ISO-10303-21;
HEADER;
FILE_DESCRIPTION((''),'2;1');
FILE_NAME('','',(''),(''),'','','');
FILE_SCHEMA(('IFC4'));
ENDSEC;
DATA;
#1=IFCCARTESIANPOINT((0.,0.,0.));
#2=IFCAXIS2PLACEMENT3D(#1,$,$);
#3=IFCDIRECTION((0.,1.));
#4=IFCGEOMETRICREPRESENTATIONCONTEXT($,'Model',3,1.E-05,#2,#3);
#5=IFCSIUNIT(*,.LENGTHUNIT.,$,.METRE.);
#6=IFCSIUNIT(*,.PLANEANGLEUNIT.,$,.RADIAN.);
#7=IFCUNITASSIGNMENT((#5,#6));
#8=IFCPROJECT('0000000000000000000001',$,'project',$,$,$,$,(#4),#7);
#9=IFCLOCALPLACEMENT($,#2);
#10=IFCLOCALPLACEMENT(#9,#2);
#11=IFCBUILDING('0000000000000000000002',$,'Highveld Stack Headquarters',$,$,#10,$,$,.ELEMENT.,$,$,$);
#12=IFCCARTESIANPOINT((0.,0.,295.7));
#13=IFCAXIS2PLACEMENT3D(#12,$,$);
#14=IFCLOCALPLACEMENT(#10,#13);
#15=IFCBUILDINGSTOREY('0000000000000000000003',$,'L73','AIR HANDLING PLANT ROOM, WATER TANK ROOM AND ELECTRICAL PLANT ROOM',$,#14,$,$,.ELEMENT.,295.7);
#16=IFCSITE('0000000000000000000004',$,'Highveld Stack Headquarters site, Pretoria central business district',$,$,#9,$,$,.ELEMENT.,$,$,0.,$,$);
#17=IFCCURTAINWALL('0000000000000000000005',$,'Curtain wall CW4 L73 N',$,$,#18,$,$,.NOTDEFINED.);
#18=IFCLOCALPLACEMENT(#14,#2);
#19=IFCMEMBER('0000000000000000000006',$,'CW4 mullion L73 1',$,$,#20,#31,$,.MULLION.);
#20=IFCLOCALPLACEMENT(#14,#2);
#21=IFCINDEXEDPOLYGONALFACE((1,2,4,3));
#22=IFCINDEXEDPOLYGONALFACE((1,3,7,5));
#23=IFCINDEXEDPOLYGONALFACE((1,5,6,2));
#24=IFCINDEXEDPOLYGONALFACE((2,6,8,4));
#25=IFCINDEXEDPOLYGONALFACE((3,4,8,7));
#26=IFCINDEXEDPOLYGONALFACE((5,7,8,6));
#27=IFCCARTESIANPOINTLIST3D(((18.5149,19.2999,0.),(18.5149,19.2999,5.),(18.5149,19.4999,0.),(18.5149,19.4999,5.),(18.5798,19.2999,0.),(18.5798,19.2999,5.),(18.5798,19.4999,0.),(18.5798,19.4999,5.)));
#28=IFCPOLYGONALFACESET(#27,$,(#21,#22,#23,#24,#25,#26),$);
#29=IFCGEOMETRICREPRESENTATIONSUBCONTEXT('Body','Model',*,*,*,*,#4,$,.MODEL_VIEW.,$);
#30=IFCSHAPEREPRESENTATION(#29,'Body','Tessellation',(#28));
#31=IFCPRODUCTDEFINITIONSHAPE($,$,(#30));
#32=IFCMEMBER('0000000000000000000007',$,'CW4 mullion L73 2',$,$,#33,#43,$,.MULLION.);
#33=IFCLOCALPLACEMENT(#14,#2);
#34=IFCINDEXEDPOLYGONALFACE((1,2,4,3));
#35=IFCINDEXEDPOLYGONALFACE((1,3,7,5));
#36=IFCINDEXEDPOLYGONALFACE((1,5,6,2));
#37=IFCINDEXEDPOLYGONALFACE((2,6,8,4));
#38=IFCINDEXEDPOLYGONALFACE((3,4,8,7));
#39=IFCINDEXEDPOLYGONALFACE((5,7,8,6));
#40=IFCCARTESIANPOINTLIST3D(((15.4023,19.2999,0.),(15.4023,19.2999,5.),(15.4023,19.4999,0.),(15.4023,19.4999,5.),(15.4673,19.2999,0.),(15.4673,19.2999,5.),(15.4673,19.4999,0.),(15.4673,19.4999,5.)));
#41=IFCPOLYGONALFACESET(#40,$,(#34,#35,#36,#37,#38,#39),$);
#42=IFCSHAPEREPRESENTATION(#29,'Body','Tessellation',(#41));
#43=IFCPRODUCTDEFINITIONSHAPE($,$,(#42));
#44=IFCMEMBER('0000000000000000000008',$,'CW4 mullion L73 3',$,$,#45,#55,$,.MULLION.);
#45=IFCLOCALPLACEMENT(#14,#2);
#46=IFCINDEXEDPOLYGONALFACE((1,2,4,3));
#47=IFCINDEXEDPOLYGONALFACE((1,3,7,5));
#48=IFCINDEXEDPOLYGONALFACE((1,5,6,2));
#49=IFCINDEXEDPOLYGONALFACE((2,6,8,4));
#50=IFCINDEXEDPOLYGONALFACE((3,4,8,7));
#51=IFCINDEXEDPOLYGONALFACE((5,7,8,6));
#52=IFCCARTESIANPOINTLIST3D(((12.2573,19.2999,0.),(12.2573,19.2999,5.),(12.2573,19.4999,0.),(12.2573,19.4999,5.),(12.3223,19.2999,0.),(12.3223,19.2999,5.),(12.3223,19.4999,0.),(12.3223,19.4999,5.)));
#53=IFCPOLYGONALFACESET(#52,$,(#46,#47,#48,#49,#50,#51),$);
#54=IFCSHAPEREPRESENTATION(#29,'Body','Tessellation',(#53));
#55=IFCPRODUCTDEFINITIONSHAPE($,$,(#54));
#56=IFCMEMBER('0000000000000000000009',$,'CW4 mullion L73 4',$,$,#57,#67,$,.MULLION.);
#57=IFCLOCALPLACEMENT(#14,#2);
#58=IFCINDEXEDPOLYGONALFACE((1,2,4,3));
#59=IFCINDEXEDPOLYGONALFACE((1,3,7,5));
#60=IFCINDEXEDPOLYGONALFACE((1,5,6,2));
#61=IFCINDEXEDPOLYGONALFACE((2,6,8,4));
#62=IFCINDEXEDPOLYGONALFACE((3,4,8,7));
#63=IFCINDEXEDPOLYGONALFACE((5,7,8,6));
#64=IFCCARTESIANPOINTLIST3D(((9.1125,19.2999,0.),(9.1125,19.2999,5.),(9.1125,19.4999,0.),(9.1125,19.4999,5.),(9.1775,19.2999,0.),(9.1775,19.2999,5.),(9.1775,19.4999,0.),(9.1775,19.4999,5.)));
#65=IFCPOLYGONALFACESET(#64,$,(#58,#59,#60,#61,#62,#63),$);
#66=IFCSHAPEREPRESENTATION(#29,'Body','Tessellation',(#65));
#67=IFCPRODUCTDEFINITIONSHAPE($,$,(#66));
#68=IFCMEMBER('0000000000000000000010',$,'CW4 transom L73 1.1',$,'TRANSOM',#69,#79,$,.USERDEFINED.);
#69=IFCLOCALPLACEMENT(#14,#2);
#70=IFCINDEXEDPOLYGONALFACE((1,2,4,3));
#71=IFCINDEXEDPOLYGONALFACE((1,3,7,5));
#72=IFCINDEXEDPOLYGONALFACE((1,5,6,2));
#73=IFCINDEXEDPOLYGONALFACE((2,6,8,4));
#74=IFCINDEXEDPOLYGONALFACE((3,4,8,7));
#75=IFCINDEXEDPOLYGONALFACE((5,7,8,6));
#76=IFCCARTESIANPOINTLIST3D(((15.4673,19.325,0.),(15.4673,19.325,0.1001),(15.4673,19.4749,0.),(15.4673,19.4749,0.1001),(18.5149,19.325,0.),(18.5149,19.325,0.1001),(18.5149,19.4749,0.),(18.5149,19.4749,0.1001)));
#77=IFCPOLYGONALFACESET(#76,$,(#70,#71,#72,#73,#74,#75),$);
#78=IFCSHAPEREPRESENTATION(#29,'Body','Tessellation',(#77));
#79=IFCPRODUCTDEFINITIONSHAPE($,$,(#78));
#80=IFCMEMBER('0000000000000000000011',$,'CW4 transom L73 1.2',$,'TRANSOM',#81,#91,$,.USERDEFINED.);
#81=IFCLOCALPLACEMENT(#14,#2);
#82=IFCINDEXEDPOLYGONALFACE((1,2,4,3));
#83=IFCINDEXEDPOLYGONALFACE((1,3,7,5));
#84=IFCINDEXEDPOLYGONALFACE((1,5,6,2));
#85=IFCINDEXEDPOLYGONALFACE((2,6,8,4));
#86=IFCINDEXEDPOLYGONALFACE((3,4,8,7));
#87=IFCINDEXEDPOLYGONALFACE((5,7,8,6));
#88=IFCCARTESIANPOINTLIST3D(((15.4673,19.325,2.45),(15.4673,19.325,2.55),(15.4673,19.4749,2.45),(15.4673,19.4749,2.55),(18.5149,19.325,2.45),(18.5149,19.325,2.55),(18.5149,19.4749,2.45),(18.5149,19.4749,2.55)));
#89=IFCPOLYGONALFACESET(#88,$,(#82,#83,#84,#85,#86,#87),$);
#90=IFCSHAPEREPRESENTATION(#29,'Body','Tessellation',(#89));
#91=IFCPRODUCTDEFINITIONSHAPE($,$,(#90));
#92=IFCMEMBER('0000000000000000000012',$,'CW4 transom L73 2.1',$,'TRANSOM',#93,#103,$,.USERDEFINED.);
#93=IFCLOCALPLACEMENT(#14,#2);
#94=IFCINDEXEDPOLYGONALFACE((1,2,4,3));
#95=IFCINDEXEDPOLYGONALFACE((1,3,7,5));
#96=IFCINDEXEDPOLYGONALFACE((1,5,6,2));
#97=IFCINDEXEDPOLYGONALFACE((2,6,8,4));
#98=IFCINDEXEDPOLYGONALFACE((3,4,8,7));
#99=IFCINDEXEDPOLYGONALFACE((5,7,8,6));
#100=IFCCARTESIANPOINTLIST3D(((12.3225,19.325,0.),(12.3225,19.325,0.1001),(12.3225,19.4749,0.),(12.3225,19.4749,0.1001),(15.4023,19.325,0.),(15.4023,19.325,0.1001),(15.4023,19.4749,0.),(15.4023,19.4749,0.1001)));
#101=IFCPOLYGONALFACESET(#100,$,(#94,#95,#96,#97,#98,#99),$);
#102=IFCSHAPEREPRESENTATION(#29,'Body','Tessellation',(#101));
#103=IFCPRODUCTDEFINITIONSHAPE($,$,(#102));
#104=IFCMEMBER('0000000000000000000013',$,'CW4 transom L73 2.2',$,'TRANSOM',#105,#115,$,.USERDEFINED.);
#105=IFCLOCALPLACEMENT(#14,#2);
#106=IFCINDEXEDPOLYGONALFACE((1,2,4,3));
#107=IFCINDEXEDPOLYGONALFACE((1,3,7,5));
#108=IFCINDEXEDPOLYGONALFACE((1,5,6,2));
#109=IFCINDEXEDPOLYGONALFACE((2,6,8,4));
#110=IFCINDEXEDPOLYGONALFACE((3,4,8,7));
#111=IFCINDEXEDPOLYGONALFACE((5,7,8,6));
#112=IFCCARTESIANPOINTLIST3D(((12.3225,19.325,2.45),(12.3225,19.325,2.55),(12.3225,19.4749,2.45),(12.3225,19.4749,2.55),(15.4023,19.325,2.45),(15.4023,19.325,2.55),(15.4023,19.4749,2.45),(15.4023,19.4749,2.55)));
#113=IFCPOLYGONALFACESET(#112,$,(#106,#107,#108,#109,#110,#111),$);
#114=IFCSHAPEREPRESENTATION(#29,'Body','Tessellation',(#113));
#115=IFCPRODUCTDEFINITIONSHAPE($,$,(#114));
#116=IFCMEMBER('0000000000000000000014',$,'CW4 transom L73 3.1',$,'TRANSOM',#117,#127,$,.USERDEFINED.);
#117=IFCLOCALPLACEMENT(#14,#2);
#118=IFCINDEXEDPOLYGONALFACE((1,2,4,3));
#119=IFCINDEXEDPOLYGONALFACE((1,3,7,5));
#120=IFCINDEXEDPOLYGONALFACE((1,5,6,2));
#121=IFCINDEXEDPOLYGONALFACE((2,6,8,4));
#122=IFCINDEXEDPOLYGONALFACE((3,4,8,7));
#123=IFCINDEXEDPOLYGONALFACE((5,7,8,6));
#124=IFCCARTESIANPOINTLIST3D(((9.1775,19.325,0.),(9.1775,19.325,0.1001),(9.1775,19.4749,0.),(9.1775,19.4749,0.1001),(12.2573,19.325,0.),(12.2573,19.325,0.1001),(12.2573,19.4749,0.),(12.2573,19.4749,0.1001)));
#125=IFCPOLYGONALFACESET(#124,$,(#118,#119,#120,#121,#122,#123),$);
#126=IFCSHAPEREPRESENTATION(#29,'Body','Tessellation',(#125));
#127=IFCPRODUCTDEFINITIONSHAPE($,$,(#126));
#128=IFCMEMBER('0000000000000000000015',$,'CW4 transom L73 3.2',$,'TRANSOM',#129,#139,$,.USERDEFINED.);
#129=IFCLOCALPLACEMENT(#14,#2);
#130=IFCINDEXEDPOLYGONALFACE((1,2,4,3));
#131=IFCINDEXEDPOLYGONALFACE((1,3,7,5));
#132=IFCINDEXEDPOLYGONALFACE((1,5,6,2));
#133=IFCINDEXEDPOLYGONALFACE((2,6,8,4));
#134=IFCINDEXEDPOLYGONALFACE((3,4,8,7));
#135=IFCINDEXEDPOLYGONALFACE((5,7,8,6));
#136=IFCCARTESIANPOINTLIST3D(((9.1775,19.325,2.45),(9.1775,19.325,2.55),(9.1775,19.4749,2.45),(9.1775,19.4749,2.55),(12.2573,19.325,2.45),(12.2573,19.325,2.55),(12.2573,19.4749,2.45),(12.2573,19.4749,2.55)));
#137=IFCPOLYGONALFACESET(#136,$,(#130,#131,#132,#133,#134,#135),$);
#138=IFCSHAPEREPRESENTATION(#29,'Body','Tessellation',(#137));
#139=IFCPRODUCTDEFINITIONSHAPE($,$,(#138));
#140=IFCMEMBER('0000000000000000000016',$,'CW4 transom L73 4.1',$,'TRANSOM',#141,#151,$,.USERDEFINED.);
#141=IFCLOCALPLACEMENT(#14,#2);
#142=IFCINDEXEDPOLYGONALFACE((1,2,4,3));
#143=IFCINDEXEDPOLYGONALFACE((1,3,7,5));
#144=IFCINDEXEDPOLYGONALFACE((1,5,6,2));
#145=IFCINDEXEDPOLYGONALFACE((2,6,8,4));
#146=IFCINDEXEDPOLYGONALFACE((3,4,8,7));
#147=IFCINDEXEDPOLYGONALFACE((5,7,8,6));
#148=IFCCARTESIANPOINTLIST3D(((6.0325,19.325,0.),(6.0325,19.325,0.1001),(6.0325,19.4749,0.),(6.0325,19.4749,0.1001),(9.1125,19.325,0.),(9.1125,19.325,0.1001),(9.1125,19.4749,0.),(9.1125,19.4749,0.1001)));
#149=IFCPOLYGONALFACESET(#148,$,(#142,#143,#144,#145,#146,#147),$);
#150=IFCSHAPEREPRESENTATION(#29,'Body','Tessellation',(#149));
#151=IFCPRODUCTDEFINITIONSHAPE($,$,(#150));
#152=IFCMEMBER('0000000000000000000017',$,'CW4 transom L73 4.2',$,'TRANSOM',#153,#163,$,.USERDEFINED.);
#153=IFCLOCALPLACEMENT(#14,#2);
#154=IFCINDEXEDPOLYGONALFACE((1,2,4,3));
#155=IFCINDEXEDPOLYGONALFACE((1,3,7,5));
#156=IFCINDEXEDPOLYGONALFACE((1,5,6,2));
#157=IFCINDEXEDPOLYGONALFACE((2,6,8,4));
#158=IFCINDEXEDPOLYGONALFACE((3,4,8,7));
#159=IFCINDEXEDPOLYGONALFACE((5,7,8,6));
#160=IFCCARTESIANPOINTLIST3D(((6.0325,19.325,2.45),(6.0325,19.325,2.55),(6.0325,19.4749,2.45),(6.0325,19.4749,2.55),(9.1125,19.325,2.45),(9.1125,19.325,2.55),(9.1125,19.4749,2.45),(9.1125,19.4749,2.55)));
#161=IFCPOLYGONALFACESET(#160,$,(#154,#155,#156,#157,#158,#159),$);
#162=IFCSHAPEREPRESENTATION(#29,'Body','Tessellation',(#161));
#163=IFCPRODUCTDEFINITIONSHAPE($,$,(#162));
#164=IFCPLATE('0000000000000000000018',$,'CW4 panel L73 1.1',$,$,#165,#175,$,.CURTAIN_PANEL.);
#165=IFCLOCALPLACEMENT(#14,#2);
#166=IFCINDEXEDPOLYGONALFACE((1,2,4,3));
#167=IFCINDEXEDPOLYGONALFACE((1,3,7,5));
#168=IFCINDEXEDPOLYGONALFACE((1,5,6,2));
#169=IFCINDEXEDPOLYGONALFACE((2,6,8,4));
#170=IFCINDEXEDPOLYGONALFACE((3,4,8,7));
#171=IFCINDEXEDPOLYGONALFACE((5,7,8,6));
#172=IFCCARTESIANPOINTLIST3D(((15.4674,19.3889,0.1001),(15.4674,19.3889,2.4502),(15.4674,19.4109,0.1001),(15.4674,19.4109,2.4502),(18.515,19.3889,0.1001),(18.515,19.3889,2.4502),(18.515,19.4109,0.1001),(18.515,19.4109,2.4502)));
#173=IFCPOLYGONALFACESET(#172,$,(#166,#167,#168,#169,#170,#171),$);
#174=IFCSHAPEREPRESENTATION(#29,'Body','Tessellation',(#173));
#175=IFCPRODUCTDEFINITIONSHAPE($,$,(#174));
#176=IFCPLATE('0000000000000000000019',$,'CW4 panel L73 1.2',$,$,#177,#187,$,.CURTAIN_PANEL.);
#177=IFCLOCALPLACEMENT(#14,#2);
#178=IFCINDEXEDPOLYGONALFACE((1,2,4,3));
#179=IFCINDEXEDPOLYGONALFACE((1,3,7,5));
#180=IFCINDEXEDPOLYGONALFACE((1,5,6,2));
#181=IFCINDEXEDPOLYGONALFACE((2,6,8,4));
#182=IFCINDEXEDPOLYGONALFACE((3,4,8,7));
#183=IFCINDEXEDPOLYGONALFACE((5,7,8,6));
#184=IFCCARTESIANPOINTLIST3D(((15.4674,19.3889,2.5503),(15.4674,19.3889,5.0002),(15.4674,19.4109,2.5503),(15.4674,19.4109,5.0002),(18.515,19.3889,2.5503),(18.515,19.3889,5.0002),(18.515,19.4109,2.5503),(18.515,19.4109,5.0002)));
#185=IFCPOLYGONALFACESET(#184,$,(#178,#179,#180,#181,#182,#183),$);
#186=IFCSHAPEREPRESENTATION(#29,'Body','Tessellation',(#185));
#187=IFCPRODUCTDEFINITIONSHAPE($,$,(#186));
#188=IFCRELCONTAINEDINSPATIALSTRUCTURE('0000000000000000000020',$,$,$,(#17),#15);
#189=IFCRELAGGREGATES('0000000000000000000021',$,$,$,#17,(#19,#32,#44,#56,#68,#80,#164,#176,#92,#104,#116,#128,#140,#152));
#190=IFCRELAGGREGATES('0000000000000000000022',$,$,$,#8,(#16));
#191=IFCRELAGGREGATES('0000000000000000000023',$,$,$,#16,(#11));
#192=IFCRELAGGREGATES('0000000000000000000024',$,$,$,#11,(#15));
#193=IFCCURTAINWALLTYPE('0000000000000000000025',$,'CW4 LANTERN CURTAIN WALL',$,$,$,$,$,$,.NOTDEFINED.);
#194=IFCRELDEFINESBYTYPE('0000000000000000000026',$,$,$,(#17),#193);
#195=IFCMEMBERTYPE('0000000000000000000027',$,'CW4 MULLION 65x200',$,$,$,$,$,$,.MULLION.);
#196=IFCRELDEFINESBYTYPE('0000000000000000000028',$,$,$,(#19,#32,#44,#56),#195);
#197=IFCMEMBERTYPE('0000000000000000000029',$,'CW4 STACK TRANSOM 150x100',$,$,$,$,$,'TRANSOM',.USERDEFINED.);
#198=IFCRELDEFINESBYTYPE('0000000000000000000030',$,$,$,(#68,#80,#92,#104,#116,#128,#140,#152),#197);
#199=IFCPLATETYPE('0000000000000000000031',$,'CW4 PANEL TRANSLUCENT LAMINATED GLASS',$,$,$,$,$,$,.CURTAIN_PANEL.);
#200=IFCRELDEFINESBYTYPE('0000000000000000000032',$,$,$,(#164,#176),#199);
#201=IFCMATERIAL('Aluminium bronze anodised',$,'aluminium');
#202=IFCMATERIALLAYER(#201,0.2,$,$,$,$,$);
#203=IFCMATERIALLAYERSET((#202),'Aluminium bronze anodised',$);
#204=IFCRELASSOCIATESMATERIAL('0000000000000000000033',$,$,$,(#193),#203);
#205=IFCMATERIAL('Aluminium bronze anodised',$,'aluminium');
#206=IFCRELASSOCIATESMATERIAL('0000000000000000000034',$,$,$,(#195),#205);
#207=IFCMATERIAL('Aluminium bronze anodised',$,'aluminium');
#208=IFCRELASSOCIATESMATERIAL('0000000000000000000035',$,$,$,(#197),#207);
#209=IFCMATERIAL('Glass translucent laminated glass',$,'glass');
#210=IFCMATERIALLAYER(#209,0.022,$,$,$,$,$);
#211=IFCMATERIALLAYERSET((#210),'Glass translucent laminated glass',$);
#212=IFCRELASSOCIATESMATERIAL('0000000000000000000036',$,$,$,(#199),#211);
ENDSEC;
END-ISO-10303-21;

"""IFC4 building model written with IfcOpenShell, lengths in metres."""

from ifc_helpers import new_model, si_unit, direction, frame, origin, origin_2d, place, context, subcontext, project, spatial, rectangle, extrude, material, layer, layer_set, material_profile, profile_set, type_object, element, aggregate, save


model = new_model("IFC4")

# Units and contexts
model_context = context("Model", 3, precision=1e-05, world=origin(), true_north=direction((0.0, 1.0)))
body_context = subcontext(model_context, "Body", "Model", "MODEL_VIEW")
ifc_project = project(units=[si_unit("LENGTHUNIT", "METRE"), si_unit("PLANEANGLEUNIT", "RADIAN")], contexts=[model_context])

# Site, building, storey
site_placement = place(None, origin())
site = spatial("IfcSite", under=ifc_project, at=site_placement, Name="Highveld Stack Headquarters site, Pretoria central business district", CompositionType="ELEMENT", RefElevation=0.0)
building_placement = place(site_placement, origin())
building = spatial("IfcBuilding", under=site, at=building_placement, Name="Highveld Stack Headquarters", CompositionType="ELEMENT")
storey_placement = place(building_placement, frame((0.0, 0.0, 295.7)))
storey = spatial("IfcBuildingStorey", under=building, at=storey_placement, Name="L73", Description="AIR HANDLING PLANT ROOM, WATER TANK ROOM AND ELECTRICAL PLANT ROOM", CompositionType="ELEMENT", Elevation=295.7)

# Curtain wall, members, plates
ifc_material_1 = material(Name="Aluminium bronze anodised", Category="aluminium")
ifc_layer_1 = layer(ifc_material_1, 0.2)
ifc_layer_set_1 = layer_set([ifc_layer_1], Name="Aluminium bronze anodised")
curtain_wall_type = type_object("IfcCurtainWallType", Name="CW4 LANTERN CURTAIN WALL", PredefinedType="NOTDEFINED", material=ifc_layer_set_1)
curtain_wall_placement = place(storey_placement, origin())
curtain_wall = element("IfcCurtainWall", 1, at=curtain_wall_placement, inside=storey, type_object=curtain_wall_type, Name="Curtain wall CW4 L73 N", PredefinedType="NOTDEFINED")
ifc_material_2 = material(Name="Aluminium bronze anodised", Category="aluminium")
ifc_material_profile_1 = material_profile(ifc_material_2, rectangle(XDim=0.2, YDim=0.0649, at=origin_2d()), Name="CW4 MULLION 65x200")
ifc_profile_set_1 = profile_set([ifc_material_profile_1], Name="Aluminium bronze anodised")
member_type_1 = type_object("IfcMemberType", Name="CW4 MULLION 65x200", PredefinedType="MULLION", material=ifc_profile_set_1)
member_1_placement = place(storey_placement, frame((18.5474, 19.3999, 0.0), z_axis=(0.0, 0.0, 1.0), x_axis=(0.0, -1.0, 0.0)))
member_1 = element("IfcMember", 2, at=member_1_placement, type_object=member_type_1, Name="CW4 mullion L73 1", PredefinedType="MULLION", context=body_context, shape_type="SweptSolid", body=[
    extrude(rectangle(XDim=0.2, YDim=0.0649, at=origin_2d()), origin(), (0.0, 0.0, 1.0), 5.0),
])
member_2_placement = place(storey_placement, frame((15.4348, 19.3999, 0.0), z_axis=(0.0, 0.0, 1.0), x_axis=(0.0, -1.0, 0.0)))
member_2 = element("IfcMember", 3, at=member_2_placement, type_object=member_type_1, Name="CW4 mullion L73 2", PredefinedType="MULLION", context=body_context, shape_type="SweptSolid", body=[
    extrude(rectangle(XDim=0.2, YDim=0.0649, at=origin_2d()), origin(), (0.0, 0.0, 1.0), 5.0),
])
member_3_placement = place(storey_placement, frame((12.2898, 19.3999, 0.0), z_axis=(0.0, 0.0, 1.0), x_axis=(0.0, -1.0, 0.0)))
member_3 = element("IfcMember", 4, at=member_3_placement, type_object=member_type_1, Name="CW4 mullion L73 3", PredefinedType="MULLION", context=body_context, shape_type="SweptSolid", body=[
    extrude(rectangle(XDim=0.2, YDim=0.0649, at=origin_2d()), origin(), (0.0, 0.0, 1.0), 5.0),
])
member_4_placement = place(storey_placement, frame((9.145, 19.3999, 0.0), z_axis=(0.0, 0.0, 1.0), x_axis=(0.0, -1.0, 0.0)))
member_4 = element("IfcMember", 5, at=member_4_placement, type_object=member_type_1, Name="CW4 mullion L73 4", PredefinedType="MULLION", context=body_context, shape_type="SweptSolid", body=[
    extrude(rectangle(XDim=0.2, YDim=0.0649, at=origin_2d()), origin(), (0.0, 0.0, 1.0), 5.0),
])
ifc_material_3 = material(Name="Aluminium bronze anodised", Category="aluminium")
ifc_material_profile_2 = material_profile(ifc_material_3, rectangle(XDim=0.1499, YDim=0.1001, at=origin_2d()), Name="CW4 TRANSOM 150x100")
ifc_profile_set_2 = profile_set([ifc_material_profile_2], Name="Aluminium bronze anodised")
member_type_2 = type_object("IfcMemberType", Name="CW4 STACK TRANSOM 150x100", ElementType="TRANSOM", PredefinedType="USERDEFINED", material=ifc_profile_set_2)
member_5_placement = place(storey_placement, frame((18.5149, 19.3999, 0.05), z_axis=(-1.0, 0.0, 0.0), x_axis=(0.0, -1.0, 0.0)))
member_5 = element("IfcMember", 6, at=member_5_placement, type_object=member_type_2, Name="CW4 transom L73 1.1", ObjectType="TRANSOM", PredefinedType="USERDEFINED", context=body_context, shape_type="SweptSolid", body=[
    extrude(rectangle(XDim=0.1499, YDim=0.1001, at=origin_2d()), origin(), (0.0, 0.0, 1.0), 3.0476),
])
member_6_placement = place(storey_placement, frame((18.5149, 19.3999, 2.5), z_axis=(-1.0, 0.0, 0.0), x_axis=(0.0, -1.0, 0.0)))
member_6 = element("IfcMember", 7, at=member_6_placement, type_object=member_type_2, Name="CW4 transom L73 1.2", ObjectType="TRANSOM", PredefinedType="USERDEFINED", context=body_context, shape_type="SweptSolid", body=[
    extrude(rectangle(XDim=0.1499, YDim=0.1001, at=origin_2d()), origin(), (0.0, 0.0, 1.0), 3.0476),
])
member_7_placement = place(storey_placement, frame((15.4023, 19.3999, 0.05), z_axis=(-1.0, 0.0, 0.0), x_axis=(0.0, -1.0, 0.0)))
member_7 = element("IfcMember", 8, at=member_7_placement, type_object=member_type_2, Name="CW4 transom L73 2.1", ObjectType="TRANSOM", PredefinedType="USERDEFINED", context=body_context, shape_type="SweptSolid", body=[
    extrude(rectangle(XDim=0.1499, YDim=0.1001, at=origin_2d()), origin(), (0.0, 0.0, 1.0), 3.0798),
])
member_8_placement = place(storey_placement, frame((15.4023, 19.3999, 2.5), z_axis=(-1.0, 0.0, 0.0), x_axis=(0.0, -1.0, 0.0)))
member_8 = element("IfcMember", 9, at=member_8_placement, type_object=member_type_2, Name="CW4 transom L73 2.2", ObjectType="TRANSOM", PredefinedType="USERDEFINED", context=body_context, shape_type="SweptSolid", body=[
    extrude(rectangle(XDim=0.1499, YDim=0.1001, at=origin_2d()), origin(), (0.0, 0.0, 1.0), 3.0798),
])
member_9_placement = place(storey_placement, frame((12.2573, 19.3999, 0.05), z_axis=(-1.0, 0.0, 0.0), x_axis=(0.0, -1.0, 0.0)))
member_9 = element("IfcMember", 10, at=member_9_placement, type_object=member_type_2, Name="CW4 transom L73 3.1", ObjectType="TRANSOM", PredefinedType="USERDEFINED", context=body_context, shape_type="SweptSolid", body=[
    extrude(rectangle(XDim=0.1499, YDim=0.1001, at=origin_2d()), origin(), (0.0, 0.0, 1.0), 3.0798),
])
member_10_placement = place(storey_placement, frame((12.2573, 19.3999, 2.5), z_axis=(-1.0, 0.0, 0.0), x_axis=(0.0, -1.0, 0.0)))
member_10 = element("IfcMember", 11, at=member_10_placement, type_object=member_type_2, Name="CW4 transom L73 3.2", ObjectType="TRANSOM", PredefinedType="USERDEFINED", context=body_context, shape_type="SweptSolid", body=[
    extrude(rectangle(XDim=0.1499, YDim=0.1001, at=origin_2d()), origin(), (0.0, 0.0, 1.0), 3.0798),
])
member_11_placement = place(storey_placement, frame((9.1125, 19.3999, 0.05), z_axis=(-1.0, 0.0, 0.0), x_axis=(0.0, -1.0, 0.0)))
member_11 = element("IfcMember", 12, at=member_11_placement, type_object=member_type_2, Name="CW4 transom L73 4.1", ObjectType="TRANSOM", PredefinedType="USERDEFINED", context=body_context, shape_type="SweptSolid", body=[
    extrude(rectangle(XDim=0.1499, YDim=0.1001, at=origin_2d()), origin(), (0.0, 0.0, 1.0), 3.0801),
])
member_12_placement = place(storey_placement, frame((9.1125, 19.3999, 2.5), z_axis=(-1.0, 0.0, 0.0), x_axis=(0.0, -1.0, 0.0)))
member_12 = element("IfcMember", 13, at=member_12_placement, type_object=member_type_2, Name="CW4 transom L73 4.2", ObjectType="TRANSOM", PredefinedType="USERDEFINED", context=body_context, shape_type="SweptSolid", body=[
    extrude(rectangle(XDim=0.1499, YDim=0.1001, at=origin_2d()), origin(), (0.0, 0.0, 1.0), 3.0801),
])
ifc_material_4 = material(Name="Glass translucent laminated glass", Category="glass")
ifc_layer_2 = layer(ifc_material_4, 0.022)
ifc_layer_set_2 = layer_set([ifc_layer_2], Name="Glass translucent laminated glass")
plate_type = type_object("IfcPlateType", Name="CW4 PANEL TRANSLUCENT LAMINATED GLASS", PredefinedType="CURTAIN_PANEL", material=ifc_layer_set_2)
plate_1_placement = place(storey_placement, frame((16.9912, 19.3999, 0.1001), z_axis=(0.0, 0.0, 1.0), x_axis=(-1.0, 0.0, 0.0)))
plate_1 = element("IfcPlate", 14, at=plate_1_placement, type_object=plate_type, Name="CW4 panel L73 1.1", PredefinedType="CURTAIN_PANEL", context=body_context, shape_type="SweptSolid", body=[
    extrude(rectangle(XDim=3.0476, YDim=0.022, at=origin_2d()), origin(), (0.0, 0.0, 1.0), 2.3501),
])
plate_2_placement = place(storey_placement, frame((16.9912, 19.3999, 2.5503), z_axis=(0.0, 0.0, 1.0), x_axis=(-1.0, 0.0, 0.0)))
plate_2 = element("IfcPlate", 15, at=plate_2_placement, type_object=plate_type, Name="CW4 panel L73 1.2", PredefinedType="CURTAIN_PANEL", context=body_context, shape_type="SweptSolid", body=[
    extrude(rectangle(XDim=3.0476, YDim=0.022, at=origin_2d()), origin(), (0.0, 0.0, 1.0), 2.45),
])
aggregate(curtain_wall, [member_1, member_2, member_3, member_4, member_5, member_6, plate_1, plate_2, member_7, member_8, member_9, member_10, member_11, member_12])

save(model, "model.ifc")
